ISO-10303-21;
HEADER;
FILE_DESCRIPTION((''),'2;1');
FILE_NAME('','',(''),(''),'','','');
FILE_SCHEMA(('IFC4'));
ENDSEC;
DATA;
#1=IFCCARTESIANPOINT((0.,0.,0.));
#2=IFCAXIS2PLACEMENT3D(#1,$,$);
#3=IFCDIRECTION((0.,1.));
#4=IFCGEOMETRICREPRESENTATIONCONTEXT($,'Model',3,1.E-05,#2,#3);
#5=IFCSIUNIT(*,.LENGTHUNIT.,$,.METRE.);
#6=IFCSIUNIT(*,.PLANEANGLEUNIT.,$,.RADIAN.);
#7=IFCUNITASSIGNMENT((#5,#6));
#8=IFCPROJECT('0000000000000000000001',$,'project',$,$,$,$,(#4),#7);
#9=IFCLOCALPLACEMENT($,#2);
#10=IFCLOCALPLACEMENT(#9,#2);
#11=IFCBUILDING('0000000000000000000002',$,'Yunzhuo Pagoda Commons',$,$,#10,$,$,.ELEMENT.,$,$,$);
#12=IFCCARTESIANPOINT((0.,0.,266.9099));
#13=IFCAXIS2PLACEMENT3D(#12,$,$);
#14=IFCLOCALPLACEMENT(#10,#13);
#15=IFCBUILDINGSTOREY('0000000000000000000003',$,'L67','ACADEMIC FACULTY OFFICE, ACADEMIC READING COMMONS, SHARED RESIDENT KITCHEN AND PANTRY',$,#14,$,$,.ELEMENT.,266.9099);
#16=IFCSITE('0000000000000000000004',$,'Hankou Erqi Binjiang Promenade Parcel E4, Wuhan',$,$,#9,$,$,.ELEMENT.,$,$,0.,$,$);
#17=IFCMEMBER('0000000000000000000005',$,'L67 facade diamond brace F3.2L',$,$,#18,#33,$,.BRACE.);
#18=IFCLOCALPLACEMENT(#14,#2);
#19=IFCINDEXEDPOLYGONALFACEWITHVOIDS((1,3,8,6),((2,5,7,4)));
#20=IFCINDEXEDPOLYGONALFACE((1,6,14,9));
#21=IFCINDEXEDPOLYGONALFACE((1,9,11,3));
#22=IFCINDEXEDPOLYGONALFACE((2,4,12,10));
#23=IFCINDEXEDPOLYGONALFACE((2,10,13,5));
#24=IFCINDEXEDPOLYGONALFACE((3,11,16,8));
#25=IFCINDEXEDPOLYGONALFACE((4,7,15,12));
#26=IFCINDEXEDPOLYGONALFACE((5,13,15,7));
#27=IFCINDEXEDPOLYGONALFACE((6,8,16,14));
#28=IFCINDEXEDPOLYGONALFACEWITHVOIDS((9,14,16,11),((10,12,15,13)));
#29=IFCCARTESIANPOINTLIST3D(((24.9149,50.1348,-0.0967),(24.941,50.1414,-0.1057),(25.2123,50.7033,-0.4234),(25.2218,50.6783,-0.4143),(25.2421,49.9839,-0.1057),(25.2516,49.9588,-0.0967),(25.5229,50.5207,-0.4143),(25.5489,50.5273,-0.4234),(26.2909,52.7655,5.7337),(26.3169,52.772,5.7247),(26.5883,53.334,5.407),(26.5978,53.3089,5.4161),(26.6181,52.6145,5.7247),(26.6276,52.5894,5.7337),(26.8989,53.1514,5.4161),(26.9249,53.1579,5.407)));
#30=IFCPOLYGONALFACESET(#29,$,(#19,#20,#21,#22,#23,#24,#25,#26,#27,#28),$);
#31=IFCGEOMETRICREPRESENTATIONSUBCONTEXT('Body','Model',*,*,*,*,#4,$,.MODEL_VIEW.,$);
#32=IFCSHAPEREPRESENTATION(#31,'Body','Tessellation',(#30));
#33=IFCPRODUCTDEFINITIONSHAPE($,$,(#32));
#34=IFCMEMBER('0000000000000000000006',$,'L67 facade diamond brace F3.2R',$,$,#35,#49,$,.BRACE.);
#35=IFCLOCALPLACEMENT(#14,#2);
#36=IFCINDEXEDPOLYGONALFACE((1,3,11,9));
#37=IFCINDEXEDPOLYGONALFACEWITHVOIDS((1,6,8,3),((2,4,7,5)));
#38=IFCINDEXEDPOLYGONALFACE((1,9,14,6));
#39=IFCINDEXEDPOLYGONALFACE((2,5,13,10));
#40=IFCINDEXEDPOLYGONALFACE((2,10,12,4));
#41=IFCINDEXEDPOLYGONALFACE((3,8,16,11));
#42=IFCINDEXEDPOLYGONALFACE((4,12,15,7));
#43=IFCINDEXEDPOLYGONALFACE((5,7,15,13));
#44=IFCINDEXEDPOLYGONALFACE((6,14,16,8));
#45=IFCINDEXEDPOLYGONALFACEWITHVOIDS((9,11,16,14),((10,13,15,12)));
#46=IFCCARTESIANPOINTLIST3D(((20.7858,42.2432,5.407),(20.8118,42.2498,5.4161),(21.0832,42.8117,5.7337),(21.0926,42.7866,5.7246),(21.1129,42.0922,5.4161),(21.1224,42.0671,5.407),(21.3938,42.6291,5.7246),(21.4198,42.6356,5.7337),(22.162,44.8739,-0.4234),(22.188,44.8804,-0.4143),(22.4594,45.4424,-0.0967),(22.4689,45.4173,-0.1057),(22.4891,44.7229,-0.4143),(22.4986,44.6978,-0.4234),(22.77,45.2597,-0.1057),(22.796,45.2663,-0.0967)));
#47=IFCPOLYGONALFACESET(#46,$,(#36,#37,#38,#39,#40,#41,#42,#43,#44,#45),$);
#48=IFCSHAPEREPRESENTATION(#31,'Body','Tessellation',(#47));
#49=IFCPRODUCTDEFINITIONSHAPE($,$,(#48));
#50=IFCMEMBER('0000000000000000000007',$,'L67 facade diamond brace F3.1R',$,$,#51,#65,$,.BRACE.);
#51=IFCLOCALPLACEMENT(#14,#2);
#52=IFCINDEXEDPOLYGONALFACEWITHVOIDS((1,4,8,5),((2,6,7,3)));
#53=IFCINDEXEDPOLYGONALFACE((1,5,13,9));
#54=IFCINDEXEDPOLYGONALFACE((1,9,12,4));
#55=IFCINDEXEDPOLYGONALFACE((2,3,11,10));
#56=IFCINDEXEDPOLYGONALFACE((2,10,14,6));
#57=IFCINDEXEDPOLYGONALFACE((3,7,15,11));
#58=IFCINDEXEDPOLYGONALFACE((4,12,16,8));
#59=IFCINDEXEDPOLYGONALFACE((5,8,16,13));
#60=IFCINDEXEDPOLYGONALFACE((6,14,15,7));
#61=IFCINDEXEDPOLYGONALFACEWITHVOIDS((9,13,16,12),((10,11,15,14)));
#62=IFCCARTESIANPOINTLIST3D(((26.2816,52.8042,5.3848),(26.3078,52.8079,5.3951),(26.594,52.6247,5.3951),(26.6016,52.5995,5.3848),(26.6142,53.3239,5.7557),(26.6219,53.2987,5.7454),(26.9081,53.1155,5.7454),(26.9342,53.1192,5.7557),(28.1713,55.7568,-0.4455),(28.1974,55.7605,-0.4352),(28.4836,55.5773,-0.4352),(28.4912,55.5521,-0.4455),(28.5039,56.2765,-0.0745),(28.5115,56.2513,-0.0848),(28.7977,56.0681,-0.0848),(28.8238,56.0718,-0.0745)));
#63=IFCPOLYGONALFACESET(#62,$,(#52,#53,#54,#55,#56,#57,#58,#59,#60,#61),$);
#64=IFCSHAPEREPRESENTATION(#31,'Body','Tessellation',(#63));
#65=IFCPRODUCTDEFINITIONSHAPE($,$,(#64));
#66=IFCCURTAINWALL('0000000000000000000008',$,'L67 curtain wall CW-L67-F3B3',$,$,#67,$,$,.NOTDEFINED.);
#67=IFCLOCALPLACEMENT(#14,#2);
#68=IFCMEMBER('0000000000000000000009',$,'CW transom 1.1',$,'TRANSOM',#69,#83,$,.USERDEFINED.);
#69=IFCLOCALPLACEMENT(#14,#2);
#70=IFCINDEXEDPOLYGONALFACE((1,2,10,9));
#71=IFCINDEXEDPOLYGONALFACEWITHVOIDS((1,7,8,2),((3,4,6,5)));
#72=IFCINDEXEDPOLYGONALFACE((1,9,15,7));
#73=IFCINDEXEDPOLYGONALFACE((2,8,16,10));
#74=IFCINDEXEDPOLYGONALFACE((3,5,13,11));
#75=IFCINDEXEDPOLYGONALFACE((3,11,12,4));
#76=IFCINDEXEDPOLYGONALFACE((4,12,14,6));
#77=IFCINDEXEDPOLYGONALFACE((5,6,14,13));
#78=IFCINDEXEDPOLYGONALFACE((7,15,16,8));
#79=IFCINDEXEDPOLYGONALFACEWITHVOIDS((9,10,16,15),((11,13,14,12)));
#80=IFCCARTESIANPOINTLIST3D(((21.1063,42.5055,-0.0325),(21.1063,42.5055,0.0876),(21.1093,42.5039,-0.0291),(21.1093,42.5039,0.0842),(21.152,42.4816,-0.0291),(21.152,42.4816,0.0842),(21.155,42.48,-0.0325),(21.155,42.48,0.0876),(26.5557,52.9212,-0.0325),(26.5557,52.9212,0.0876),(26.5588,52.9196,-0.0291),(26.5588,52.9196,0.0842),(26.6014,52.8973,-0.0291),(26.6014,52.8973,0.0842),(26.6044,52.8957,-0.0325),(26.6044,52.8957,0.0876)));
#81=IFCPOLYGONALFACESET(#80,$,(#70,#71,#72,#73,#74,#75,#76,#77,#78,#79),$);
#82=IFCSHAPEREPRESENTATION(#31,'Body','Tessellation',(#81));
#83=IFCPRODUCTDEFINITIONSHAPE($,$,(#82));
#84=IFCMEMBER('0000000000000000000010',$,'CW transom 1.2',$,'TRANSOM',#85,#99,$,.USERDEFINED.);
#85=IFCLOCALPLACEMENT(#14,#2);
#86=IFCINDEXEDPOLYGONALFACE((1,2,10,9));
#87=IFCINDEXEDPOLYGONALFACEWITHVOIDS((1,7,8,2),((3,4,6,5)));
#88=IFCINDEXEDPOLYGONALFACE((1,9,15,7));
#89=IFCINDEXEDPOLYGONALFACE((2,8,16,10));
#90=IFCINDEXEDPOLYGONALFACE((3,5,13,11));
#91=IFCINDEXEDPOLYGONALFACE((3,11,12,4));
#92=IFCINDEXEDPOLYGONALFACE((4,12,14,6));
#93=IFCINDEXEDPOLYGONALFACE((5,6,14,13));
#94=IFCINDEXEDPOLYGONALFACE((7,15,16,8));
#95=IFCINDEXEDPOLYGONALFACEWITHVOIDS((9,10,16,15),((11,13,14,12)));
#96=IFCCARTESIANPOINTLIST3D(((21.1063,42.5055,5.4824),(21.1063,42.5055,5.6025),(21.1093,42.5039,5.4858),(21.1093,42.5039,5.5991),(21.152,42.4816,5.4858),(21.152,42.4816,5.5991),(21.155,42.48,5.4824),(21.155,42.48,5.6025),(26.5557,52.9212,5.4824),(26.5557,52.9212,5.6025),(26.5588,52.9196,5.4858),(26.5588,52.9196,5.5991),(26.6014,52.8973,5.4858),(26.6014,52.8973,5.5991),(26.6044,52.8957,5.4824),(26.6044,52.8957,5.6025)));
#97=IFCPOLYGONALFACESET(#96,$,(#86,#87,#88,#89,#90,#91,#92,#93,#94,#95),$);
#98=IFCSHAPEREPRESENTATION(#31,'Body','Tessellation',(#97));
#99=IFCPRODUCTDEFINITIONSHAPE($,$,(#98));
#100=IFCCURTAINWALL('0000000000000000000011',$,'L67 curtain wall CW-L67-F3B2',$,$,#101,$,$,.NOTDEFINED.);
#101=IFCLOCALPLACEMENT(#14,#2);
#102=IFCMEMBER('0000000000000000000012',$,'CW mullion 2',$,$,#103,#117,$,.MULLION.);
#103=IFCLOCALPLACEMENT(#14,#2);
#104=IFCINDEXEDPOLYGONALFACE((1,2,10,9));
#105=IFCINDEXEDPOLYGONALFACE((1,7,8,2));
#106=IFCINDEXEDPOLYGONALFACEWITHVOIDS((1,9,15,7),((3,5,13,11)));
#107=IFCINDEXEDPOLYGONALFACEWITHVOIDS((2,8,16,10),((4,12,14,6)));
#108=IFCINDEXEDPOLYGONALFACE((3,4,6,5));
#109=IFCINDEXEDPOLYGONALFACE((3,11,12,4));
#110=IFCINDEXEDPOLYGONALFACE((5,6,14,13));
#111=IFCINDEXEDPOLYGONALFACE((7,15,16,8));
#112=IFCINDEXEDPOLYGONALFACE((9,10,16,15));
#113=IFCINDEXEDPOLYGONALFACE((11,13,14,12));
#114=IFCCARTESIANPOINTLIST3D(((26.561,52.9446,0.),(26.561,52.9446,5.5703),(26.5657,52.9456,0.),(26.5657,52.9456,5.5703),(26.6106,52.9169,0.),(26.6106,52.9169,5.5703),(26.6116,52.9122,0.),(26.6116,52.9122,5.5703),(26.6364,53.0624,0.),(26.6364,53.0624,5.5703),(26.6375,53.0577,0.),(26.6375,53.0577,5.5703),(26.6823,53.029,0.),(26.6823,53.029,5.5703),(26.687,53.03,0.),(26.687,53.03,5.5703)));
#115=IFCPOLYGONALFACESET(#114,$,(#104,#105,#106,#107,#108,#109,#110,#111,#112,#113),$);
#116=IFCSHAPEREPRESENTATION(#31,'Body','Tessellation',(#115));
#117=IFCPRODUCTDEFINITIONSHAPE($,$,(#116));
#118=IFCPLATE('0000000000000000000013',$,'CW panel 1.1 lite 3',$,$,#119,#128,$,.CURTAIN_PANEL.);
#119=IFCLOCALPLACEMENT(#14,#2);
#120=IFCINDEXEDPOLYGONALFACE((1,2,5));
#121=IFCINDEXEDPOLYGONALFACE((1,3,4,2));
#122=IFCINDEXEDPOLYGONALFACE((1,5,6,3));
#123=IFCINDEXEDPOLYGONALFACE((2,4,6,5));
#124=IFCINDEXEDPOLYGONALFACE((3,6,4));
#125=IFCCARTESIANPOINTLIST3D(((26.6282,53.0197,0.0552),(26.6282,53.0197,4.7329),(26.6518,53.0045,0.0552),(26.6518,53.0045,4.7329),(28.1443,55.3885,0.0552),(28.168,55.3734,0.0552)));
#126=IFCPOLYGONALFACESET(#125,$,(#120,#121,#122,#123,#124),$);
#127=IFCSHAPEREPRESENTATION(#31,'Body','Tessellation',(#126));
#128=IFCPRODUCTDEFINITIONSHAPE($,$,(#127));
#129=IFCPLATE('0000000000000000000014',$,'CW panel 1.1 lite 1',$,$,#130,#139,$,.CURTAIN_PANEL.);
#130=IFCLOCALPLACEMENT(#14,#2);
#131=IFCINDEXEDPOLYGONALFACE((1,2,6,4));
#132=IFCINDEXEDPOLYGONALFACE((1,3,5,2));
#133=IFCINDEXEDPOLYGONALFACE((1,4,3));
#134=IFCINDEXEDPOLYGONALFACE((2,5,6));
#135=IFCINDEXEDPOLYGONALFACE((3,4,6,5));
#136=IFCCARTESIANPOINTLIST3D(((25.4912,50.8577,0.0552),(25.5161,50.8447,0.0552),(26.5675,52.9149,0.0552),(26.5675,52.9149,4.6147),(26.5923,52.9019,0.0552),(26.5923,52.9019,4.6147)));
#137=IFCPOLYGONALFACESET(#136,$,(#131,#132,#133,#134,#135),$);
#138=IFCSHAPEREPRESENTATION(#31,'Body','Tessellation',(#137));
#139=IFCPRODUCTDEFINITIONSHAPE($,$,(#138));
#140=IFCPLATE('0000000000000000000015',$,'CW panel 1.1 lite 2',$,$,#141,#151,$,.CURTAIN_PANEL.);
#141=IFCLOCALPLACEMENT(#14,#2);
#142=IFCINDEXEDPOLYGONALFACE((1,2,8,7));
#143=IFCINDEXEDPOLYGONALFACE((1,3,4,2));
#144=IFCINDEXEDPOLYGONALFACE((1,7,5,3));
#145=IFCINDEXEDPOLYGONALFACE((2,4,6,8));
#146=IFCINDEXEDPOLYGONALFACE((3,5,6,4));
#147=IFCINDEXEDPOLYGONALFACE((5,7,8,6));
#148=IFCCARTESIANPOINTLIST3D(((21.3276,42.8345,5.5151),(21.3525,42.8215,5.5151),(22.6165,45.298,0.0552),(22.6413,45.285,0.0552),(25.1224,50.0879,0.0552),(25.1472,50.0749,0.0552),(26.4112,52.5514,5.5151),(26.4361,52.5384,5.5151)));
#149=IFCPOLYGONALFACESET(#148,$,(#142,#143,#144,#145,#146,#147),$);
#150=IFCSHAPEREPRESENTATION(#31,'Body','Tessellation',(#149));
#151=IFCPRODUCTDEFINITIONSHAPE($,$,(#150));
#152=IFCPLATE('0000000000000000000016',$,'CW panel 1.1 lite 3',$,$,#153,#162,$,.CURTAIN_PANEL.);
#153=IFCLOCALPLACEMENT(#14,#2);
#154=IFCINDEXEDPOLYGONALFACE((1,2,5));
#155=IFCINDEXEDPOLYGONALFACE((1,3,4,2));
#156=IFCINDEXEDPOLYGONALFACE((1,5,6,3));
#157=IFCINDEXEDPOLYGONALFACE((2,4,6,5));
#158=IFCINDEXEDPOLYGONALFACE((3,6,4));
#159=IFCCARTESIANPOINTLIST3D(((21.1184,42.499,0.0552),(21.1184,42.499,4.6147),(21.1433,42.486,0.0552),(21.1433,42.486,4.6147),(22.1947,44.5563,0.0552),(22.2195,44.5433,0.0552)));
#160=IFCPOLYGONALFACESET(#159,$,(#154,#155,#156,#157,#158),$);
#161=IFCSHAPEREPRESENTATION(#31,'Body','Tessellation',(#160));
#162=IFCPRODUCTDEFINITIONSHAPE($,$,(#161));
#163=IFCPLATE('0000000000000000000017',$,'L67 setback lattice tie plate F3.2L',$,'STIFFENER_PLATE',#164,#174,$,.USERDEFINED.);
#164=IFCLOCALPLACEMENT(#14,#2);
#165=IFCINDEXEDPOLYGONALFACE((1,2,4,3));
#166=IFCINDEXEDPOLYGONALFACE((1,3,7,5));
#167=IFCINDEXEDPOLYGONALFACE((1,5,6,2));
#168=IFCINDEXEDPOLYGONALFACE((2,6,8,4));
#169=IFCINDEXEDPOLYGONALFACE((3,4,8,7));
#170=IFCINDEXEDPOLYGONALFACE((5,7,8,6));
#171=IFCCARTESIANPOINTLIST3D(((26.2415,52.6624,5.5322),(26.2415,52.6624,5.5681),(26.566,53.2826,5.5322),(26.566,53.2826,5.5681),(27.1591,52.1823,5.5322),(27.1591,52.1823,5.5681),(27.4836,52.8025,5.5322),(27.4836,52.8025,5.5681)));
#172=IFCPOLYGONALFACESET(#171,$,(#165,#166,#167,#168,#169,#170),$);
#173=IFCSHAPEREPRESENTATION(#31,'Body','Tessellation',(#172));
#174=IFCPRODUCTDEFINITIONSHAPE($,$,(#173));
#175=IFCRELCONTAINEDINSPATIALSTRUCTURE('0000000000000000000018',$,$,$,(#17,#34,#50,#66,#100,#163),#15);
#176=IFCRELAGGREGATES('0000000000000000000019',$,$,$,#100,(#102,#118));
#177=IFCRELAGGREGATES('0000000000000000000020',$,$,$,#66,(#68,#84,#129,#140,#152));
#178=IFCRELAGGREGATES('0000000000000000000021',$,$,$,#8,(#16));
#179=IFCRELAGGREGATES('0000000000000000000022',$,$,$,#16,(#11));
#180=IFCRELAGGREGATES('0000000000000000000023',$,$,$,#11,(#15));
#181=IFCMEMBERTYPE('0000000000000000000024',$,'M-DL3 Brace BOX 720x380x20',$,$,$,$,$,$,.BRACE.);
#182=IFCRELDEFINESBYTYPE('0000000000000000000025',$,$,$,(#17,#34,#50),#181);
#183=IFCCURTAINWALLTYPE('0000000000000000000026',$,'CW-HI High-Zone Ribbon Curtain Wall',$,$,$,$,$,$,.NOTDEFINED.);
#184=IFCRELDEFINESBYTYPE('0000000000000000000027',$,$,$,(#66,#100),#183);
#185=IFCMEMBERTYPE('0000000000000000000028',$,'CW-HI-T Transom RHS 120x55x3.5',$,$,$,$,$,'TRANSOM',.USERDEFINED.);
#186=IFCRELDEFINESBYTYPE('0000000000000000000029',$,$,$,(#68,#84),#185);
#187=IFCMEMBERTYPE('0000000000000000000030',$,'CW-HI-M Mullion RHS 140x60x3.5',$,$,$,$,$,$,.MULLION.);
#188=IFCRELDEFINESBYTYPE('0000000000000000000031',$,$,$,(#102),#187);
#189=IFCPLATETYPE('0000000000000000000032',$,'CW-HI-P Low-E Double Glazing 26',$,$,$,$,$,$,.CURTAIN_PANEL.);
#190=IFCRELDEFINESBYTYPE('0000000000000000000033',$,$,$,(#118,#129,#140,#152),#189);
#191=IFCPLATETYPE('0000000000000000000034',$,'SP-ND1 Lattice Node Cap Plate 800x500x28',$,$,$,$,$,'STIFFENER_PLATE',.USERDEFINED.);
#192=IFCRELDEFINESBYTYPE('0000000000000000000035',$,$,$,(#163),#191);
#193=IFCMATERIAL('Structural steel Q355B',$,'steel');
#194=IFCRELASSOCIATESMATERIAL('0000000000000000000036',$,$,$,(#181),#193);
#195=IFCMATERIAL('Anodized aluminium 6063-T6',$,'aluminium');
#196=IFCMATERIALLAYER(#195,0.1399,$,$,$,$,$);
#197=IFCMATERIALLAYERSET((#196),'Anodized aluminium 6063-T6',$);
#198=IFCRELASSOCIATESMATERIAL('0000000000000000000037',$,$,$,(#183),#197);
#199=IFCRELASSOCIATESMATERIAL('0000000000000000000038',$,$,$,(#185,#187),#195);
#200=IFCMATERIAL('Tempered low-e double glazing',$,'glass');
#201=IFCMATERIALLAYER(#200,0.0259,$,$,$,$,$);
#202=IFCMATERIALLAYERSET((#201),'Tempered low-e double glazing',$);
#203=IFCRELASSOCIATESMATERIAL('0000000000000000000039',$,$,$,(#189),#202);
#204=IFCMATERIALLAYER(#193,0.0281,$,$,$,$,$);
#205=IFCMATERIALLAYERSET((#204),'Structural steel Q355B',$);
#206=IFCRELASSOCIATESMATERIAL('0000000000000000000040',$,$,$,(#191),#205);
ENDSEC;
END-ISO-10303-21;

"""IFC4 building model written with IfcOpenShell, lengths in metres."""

from ifc_helpers import new_model, si_unit, direction, frame, origin, origin_2d, place, context, subcontext, project, spatial, polyline, rectangle, hollow_rectangle, outline, extrude, source, transform, mapped, material, layer, layer_set, material_profile, profile_set, type_object, element, aggregate, save


model = new_model("IFC4")

# Units and contexts
model_context = context("Model", 3, precision=1e-05, world=origin(), true_north=direction((0.0, 1.0)))
body_context = subcontext(model_context, "Body", "Model", "MODEL_VIEW")
ifc_project = project(units=[si_unit("LENGTHUNIT", "METRE"), si_unit("PLANEANGLEUNIT", "RADIAN")], contexts=[model_context])

# Site, building, storey
site_placement = place(None, origin())
site = spatial("IfcSite", under=ifc_project, at=site_placement, Name="Hankou Erqi Binjiang Promenade Parcel E4, Wuhan", CompositionType="ELEMENT", RefElevation=0.0)
building_placement = place(site_placement, origin())
building = spatial("IfcBuilding", under=site, at=building_placement, Name="Yunzhuo Pagoda Commons", CompositionType="ELEMENT")
storey_placement = place(building_placement, frame((0.0, 0.0, 266.9099)))
storey = spatial("IfcBuildingStorey", under=building, at=storey_placement, Name="L67", Description="ACADEMIC FACULTY OFFICE, ACADEMIC READING COMMONS, SHARED RESIDENT KITCHEN AND PANTRY", CompositionType="ELEMENT", Elevation=266.9099)

# Shared definitions
ifc_material_1 = material(Name="Structural steel Q355B", Category="steel")

# Members
ifc_material_profile_1 = material_profile(ifc_material_1, hollow_rectangle(XDim=0.3799, YDim=0.72, WallThickness=0.02, at=origin_2d()), Name="Structural steel Q355B")
ifc_profile_set_1 = profile_set([ifc_material_profile_1], Name="Structural steel Q355B")
member_type_1 = type_object("IfcMemberType", Name="M-DL3 Brace BOX 720x380x20", PredefinedType="BRACE", material=ifc_profile_set_1)
shared_shape_1 = source(origin(), body_context, "Body", "SweptSolid", [
    extrude(hollow_rectangle(XDim=0.3799, YDim=0.72, WallThickness=0.02, at=origin_2d()), origin(), (0.0, 0.0, 1.0), 6.5427),
])
for number, where, z_axis, x_axis, name in (
    (1, (25.2319, 50.3311, -0.26), (0.210309, 0.402073, 0.891127), (-0.886103, 0.463488, 0.0), "L67 facade diamond brace F3.2L"),
    (2, (22.479, 45.0701, -0.26), (-0.210345, -0.402069, 0.89112), (0.88607, -0.463552, 0.0), "L67 facade diamond brace F3.2R"),
):
    element("IfcMember", number, at=place(storey_placement, frame(where, z_axis=z_axis, x_axis=x_axis)), inside=storey, type_object=member_type_1, Name=name, PredefinedType="BRACE", context=body_context, shape_type="MappedRepresentation", body=[
        mapped(shared_shape_1, transform((0.0, 0.0, 0.0), scale=1.0)),
    ])
shared_shape_2 = source(origin(), body_context, "Body", "SweptSolid", [
    extrude(hollow_rectangle(XDim=0.3799, YDim=0.72, WallThickness=0.02, at=origin_2d()), origin(), (0.0, 0.0, 1.0), 6.803),
])
member_1_placement = place(storey_placement, frame((28.4976, 55.9143, -0.26), z_axis=(-0.277765, -0.434017, 0.857016), x_axis=(0.842276, -0.539046, 0.0)))
element("IfcMember", 3, at=member_1_placement, inside=storey, type_object=member_type_1, Name="L67 facade diamond brace F3.1R", PredefinedType="BRACE", context=body_context, shape_type="MappedRepresentation", body=[
    mapped(shared_shape_2, transform((0.0, 0.0, 0.0), scale=1.0)),
])

# Curtain wall, members
ifc_material_2 = material(Name="Anodized aluminium 6063-T6", Category="aluminium")
ifc_layer_1 = layer(ifc_material_2, 0.1399)
ifc_layer_set_1 = layer_set([ifc_layer_1], Name="Anodized aluminium 6063-T6")
curtain_wall_type = type_object("IfcCurtainWallType", Name="CW-HI High-Zone Ribbon Curtain Wall", PredefinedType="NOTDEFINED", material=ifc_layer_set_1)
curtain_wall_1_placement = place(storey_placement, origin())
curtain_wall_1 = element("IfcCurtainWall", 4, at=curtain_wall_1_placement, inside=storey, type_object=curtain_wall_type, Name="L67 curtain wall CW-L67-F3B3", PredefinedType="NOTDEFINED")
ifc_material_profile_2 = material_profile(ifc_material_2, hollow_rectangle(XDim=0.0549, YDim=0.1201, WallThickness=0.0034, at=origin_2d()), Name="Anodized aluminium 6063-T6")
ifc_profile_set_2 = profile_set([ifc_material_profile_2], Name="Anodized aluminium 6063-T6")
member_type_2 = type_object("IfcMemberType", Name="CW-HI-T Transom RHS 120x55x3.5", ElementType="TRANSOM", PredefinedType="USERDEFINED", material=ifc_profile_set_2)
shared_shape_3 = source(origin(), body_context, "Body", "SweptSolid", [
    extrude(hollow_rectangle(XDim=0.0549, YDim=0.1201, WallThickness=0.0034, at=origin_2d()), origin(), (0.0, 0.0, 1.0), 11.7551),
])
member_2_placement = place(storey_placement, frame((26.5801, 52.9084, 0.0276), z_axis=(-0.463579, -0.886056, 0.0), x_axis=(0.886056, -0.463579, 0.0)))
member_2 = element("IfcMember", 5, at=member_2_placement, type_object=member_type_2, Name="CW transom 1.1", ObjectType="TRANSOM", PredefinedType="USERDEFINED", context=body_context, shape_type="MappedRepresentation", body=[
    mapped(shared_shape_3, transform((0.0, 0.0, 0.0), scale=1.0)),
])
member_3_placement = place(storey_placement, frame((26.5801, 52.9084, 5.5425), z_axis=(-0.463579, -0.886056, 0.0), x_axis=(0.886056, -0.463579, 0.0)))
member_3 = element("IfcMember", 6, at=member_3_placement, type_object=member_type_2, Name="CW transom 1.2", ObjectType="TRANSOM", PredefinedType="USERDEFINED", context=body_context, shape_type="MappedRepresentation", body=[
    mapped(shared_shape_3, transform((0.0, 0.0, 0.0), scale=1.0)),
])

# Curtain wall, member, plate
curtain_wall_2_placement = place(storey_placement, origin())
curtain_wall_2 = element("IfcCurtainWall", 7, at=curtain_wall_2_placement, inside=storey, type_object=curtain_wall_type, Name="L67 curtain wall CW-L67-F3B2", PredefinedType="NOTDEFINED")
ifc_material_profile_3 = material_profile(ifc_material_2, hollow_rectangle(XDim=0.0601, YDim=0.1399, WallThickness=0.0034, at=origin_2d()), Name="Anodized aluminium 6063-T6")
ifc_profile_set_3 = profile_set([ifc_material_profile_3], Name="Anodized aluminium 6063-T6")
member_type_3 = type_object("IfcMemberType", Name="CW-HI-M Mullion RHS 140x60x3.5", PredefinedType="MULLION", material=ifc_profile_set_3)
shared_shape_4 = source(origin(), body_context, "Body", "SweptSolid", [
    extrude(hollow_rectangle(XDim=0.0601, YDim=0.1399, WallThickness=0.0034, at=origin_2d()), origin(), (0.0, 0.0, 1.0), 5.5703),
])
member_4_placement = place(storey_placement, frame((26.624, 52.9873, 0.0), z_axis=(0.0, 0.0, 1.0), x_axis=(0.842256, -0.539078, 0.0)))
member_4 = element("IfcMember", 8, at=member_4_placement, type_object=member_type_3, Name="CW mullion 2", PredefinedType="MULLION", context=body_context, shape_type="MappedRepresentation", body=[
    mapped(shared_shape_4, transform((0.0, 0.0, 0.0), scale=1.0)),
])
ifc_material_3 = material(Name="Tempered low-e double glazing", Category="glass")
ifc_layer_2 = layer(ifc_material_3, 0.0259)
ifc_layer_set_2 = layer_set([ifc_layer_2], Name="Tempered low-e double glazing")
plate_type_1 = type_object("IfcPlateType", Name="CW-HI-P Low-E Double Glazing 26", PredefinedType="CURTAIN_PANEL", material=ifc_layer_set_2)
plate_1_placement = place(storey_placement, frame((27.4099, 54.189, 2.394), z_axis=(-0.842256, 0.539078, 0.0), x_axis=(-0.539078, -0.842256, 0.0)))
plate_1 = element("IfcPlate", 9, at=plate_1_placement, type_object=plate_type_1, Name="CW panel 1.1 lite 3", PredefinedType="CURTAIN_PANEL", context=body_context, shape_type="SweptSolid", body=[
    extrude(outline(polyline([(-1.4062, -2.3389), (1.4062, -2.3389), (1.4062, 2.3389), (-1.4062, -2.3389)])), origin(), (0.0, 0.0, 1.0), 0.0281),
])
aggregate(curtain_wall_2, [member_4, plate_1])

# Plates
plate_2_placement = place(storey_placement, frame((26.0542, 51.8733, 2.335), z_axis=(-0.886066, 0.463559, 0.0), x_axis=(-0.463559, -0.886066, 0.0)))
plate_2 = element("IfcPlate", 10, at=plate_2_placement, type_object=plate_type_1, Name="CW panel 1.1 lite 1", PredefinedType="CURTAIN_PANEL", context=body_context, shape_type="SweptSolid", body=[
    extrude(outline(polyline([(-1.1609, -2.2798), (1.1609, -2.2798), (-1.1609, 2.2798), (-1.1609, -2.2798)])), origin(), (0.0, 0.0, 1.0), 0.0281),
])
plate_3_placement = place(storey_placement, frame((23.8943, 47.6799, 2.7852), z_axis=(-0.886066, 0.463559, 0.0), x_axis=(-0.463559, -0.886066, 0.0)))
plate_3 = element("IfcPlate", 11, at=plate_3_placement, type_object=plate_type_1, Name="CW panel 1.1 lite 2", PredefinedType="CURTAIN_PANEL", context=body_context, shape_type="SweptSolid", body=[
    extrude(outline(polyline([(-5.4832, 2.73), (-2.7029, -2.73), (2.7029, -2.73), (5.4832, 2.73), (-5.4832, 2.73)])), origin(), (0.0, 0.0, 1.0), 0.0281),
])
plate_4_placement = place(storey_placement, frame((21.6814, 43.5146, 2.335), z_axis=(-0.886066, 0.463559, 0.0), x_axis=(-0.463559, -0.886066, 0.0)))
plate_4 = element("IfcPlate", 12, at=plate_4_placement, type_object=plate_type_1, Name="CW panel 1.1 lite 3", PredefinedType="CURTAIN_PANEL", context=body_context, shape_type="SweptSolid", body=[
    extrude(outline(polyline([(-1.1609, -2.2798), (1.1609, -2.2798), (1.1609, 2.2798), (-1.1609, -2.2798)])), origin(), (0.0, 0.0, 1.0), 0.0281),
])
aggregate(curtain_wall_1, [member_2, member_3, plate_2, plate_3, plate_4])
ifc_layer_3 = layer(ifc_material_1, 0.0281)
ifc_layer_set_3 = layer_set([ifc_layer_3], Name="Structural steel Q355B")
plate_type_2 = type_object("IfcPlateType", Name="SP-ND1 Lattice Node Cap Plate 800x500x28", ElementType="STIFFENER_PLATE", PredefinedType="USERDEFINED", material=ifc_layer_set_3)
shared_shape_5 = source(origin(), body_context, "Body", "SweptSolid", [
    extrude(rectangle(XDim=0.7, YDim=1.0356, at=origin_2d()), origin(), (0.0, 0.0, 1.0), 0.0359),
])
plate_5_placement = place(storey_placement, frame((26.8625, 52.7324, 5.5322), z_axis=(0.0, 0.0, 1.0), x_axis=(-0.463559, -0.886066, 0.0)))
element("IfcPlate", 13, at=plate_5_placement, inside=storey, type_object=plate_type_2, Name="L67 setback lattice tie plate F3.2L", ObjectType="STIFFENER_PLATE", PredefinedType="USERDEFINED", context=body_context, shape_type="MappedRepresentation", body=[
    mapped(shared_shape_5, transform((0.0, 0.0, 0.0), scale=1.0)),
])

save(model, "model.ifc")
